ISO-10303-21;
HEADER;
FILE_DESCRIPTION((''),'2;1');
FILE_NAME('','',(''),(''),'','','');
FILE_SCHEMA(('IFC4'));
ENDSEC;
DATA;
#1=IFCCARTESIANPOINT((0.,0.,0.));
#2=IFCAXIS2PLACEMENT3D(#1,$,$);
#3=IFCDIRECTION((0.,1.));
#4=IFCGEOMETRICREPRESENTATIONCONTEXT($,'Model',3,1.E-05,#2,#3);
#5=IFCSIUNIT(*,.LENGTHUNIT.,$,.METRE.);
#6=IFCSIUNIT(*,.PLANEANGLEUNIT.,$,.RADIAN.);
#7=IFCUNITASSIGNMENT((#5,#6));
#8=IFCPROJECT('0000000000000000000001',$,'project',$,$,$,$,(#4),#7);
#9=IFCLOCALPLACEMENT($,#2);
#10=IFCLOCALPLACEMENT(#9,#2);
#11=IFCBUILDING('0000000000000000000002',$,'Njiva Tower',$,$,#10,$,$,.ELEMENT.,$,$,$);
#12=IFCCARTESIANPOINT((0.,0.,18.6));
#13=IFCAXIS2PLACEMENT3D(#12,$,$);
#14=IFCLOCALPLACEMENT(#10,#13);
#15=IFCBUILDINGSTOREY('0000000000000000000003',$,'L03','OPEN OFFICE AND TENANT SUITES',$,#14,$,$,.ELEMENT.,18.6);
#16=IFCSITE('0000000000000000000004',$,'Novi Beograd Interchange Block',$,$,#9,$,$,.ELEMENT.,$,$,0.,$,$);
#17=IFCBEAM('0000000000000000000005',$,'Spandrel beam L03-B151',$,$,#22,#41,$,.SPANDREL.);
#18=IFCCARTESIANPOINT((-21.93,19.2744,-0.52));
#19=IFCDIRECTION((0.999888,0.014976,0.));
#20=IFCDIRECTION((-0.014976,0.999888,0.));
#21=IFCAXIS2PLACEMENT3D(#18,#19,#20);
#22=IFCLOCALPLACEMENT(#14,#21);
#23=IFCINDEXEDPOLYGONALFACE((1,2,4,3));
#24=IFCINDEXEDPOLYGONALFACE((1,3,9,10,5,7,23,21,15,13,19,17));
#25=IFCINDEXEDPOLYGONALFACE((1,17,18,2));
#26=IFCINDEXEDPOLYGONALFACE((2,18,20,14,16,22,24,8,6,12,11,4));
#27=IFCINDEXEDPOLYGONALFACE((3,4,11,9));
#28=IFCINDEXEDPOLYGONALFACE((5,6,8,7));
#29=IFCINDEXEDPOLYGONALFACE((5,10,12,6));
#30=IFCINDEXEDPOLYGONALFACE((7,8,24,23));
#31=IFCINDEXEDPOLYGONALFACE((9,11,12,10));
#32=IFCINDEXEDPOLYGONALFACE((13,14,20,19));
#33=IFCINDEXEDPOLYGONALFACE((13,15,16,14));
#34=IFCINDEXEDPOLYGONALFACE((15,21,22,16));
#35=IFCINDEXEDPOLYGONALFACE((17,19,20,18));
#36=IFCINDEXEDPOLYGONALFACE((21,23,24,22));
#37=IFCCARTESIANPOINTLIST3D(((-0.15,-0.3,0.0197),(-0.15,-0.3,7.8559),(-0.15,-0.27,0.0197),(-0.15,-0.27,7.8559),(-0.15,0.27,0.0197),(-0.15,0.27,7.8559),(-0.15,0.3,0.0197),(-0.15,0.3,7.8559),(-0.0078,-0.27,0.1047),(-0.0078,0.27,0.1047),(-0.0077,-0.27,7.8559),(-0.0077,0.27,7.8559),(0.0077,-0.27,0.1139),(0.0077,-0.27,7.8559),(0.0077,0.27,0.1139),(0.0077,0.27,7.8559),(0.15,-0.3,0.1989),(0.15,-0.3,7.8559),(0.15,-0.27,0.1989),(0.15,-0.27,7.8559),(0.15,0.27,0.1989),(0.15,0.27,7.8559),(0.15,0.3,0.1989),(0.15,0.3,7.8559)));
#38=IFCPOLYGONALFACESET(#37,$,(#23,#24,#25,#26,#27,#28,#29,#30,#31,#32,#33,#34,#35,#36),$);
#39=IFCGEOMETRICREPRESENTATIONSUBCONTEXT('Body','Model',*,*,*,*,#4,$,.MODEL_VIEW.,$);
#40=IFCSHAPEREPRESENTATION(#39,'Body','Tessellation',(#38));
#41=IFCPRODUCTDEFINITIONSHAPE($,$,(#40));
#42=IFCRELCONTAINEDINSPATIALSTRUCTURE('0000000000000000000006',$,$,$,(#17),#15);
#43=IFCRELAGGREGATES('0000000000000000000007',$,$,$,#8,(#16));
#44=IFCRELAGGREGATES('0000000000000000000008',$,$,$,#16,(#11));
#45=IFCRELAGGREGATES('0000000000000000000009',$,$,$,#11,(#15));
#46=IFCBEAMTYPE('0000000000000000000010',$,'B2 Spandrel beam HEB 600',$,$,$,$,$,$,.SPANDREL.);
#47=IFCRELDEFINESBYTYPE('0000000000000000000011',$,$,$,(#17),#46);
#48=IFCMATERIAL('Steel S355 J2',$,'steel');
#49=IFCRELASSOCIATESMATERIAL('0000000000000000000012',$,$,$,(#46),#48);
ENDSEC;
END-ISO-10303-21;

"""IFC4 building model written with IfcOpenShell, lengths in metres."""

from ifc_helpers import new_model, si_unit, direction, frame, origin, origin_2d, place, context, subcontext, project, spatial, i_section, extrude, clip, halfspace, material, material_profile, profile_set, type_object, element, save


model = new_model("IFC4")

# Units and contexts
model_context = context("Model", 3, precision=1e-05, world=origin(), true_north=direction((0.0, 1.0)))
body_context = subcontext(model_context, "Body", "Model", "MODEL_VIEW")
ifc_project = project(units=[si_unit("LENGTHUNIT", "METRE"), si_unit("PLANEANGLEUNIT", "RADIAN")], contexts=[model_context])

# Site, building, storey
site_placement = place(None, origin())
site = spatial("IfcSite", under=ifc_project, at=site_placement, Name="Novi Beograd Interchange Block", CompositionType="ELEMENT", RefElevation=0.0)
building_placement = place(site_placement, origin())
building = spatial("IfcBuilding", under=site, at=building_placement, Name="Njiva Tower", CompositionType="ELEMENT")
storey_placement = place(building_placement, frame((0.0, 0.0, 18.6)))
storey = spatial("IfcBuildingStorey", under=building, at=storey_placement, Name="L03", Description="OPEN OFFICE AND TENANT SUITES", CompositionType="ELEMENT", Elevation=18.6)

# Shared definitions
ifc_material_1 = material(Name="Steel S355 J2", Category="steel")

# Beam
ifc_material_profile_1 = material_profile(ifc_material_1, i_section(OverallWidth=0.3, OverallDepth=0.6, WebThickness=0.0155, FlangeThickness=0.03, at=origin_2d()), Name="HEB 600")
ifc_profile_set_1 = profile_set([ifc_material_profile_1], Name="Steel S355 J2")
beam_type_1 = type_object("IfcBeamType", Name="B2 Spandrel beam HEB 600", PredefinedType="SPANDREL", material=ifc_profile_set_1)
beam_1_placement = place(storey_placement, frame((-21.93, 19.2744, -0.52), z_axis=(0.999888, 0.014976, 0.0), x_axis=(-0.014976, 0.999888, 0.0)))
element("IfcBeam", 1, at=beam_1_placement, inside=storey, type_object=beam_type_1, Name="Spandrel beam L03-B151", PredefinedType="SPANDREL", context=body_context, shape_type="Clipping", body=[
    clip(extrude(i_section(OverallWidth=0.3, OverallDepth=0.6, WebThickness=0.0155, FlangeThickness=0.03, at=origin_2d()), origin(), (0.0, 0.0, 1.0), 7.8559), halfspace(frame((0.0261, 0.0, 0.1249), z_axis=(0.512911, 0.0, -0.858442), x_axis=(0.0, -1.0, 0.0)), False)),
])

save(model, "model.ifc")
